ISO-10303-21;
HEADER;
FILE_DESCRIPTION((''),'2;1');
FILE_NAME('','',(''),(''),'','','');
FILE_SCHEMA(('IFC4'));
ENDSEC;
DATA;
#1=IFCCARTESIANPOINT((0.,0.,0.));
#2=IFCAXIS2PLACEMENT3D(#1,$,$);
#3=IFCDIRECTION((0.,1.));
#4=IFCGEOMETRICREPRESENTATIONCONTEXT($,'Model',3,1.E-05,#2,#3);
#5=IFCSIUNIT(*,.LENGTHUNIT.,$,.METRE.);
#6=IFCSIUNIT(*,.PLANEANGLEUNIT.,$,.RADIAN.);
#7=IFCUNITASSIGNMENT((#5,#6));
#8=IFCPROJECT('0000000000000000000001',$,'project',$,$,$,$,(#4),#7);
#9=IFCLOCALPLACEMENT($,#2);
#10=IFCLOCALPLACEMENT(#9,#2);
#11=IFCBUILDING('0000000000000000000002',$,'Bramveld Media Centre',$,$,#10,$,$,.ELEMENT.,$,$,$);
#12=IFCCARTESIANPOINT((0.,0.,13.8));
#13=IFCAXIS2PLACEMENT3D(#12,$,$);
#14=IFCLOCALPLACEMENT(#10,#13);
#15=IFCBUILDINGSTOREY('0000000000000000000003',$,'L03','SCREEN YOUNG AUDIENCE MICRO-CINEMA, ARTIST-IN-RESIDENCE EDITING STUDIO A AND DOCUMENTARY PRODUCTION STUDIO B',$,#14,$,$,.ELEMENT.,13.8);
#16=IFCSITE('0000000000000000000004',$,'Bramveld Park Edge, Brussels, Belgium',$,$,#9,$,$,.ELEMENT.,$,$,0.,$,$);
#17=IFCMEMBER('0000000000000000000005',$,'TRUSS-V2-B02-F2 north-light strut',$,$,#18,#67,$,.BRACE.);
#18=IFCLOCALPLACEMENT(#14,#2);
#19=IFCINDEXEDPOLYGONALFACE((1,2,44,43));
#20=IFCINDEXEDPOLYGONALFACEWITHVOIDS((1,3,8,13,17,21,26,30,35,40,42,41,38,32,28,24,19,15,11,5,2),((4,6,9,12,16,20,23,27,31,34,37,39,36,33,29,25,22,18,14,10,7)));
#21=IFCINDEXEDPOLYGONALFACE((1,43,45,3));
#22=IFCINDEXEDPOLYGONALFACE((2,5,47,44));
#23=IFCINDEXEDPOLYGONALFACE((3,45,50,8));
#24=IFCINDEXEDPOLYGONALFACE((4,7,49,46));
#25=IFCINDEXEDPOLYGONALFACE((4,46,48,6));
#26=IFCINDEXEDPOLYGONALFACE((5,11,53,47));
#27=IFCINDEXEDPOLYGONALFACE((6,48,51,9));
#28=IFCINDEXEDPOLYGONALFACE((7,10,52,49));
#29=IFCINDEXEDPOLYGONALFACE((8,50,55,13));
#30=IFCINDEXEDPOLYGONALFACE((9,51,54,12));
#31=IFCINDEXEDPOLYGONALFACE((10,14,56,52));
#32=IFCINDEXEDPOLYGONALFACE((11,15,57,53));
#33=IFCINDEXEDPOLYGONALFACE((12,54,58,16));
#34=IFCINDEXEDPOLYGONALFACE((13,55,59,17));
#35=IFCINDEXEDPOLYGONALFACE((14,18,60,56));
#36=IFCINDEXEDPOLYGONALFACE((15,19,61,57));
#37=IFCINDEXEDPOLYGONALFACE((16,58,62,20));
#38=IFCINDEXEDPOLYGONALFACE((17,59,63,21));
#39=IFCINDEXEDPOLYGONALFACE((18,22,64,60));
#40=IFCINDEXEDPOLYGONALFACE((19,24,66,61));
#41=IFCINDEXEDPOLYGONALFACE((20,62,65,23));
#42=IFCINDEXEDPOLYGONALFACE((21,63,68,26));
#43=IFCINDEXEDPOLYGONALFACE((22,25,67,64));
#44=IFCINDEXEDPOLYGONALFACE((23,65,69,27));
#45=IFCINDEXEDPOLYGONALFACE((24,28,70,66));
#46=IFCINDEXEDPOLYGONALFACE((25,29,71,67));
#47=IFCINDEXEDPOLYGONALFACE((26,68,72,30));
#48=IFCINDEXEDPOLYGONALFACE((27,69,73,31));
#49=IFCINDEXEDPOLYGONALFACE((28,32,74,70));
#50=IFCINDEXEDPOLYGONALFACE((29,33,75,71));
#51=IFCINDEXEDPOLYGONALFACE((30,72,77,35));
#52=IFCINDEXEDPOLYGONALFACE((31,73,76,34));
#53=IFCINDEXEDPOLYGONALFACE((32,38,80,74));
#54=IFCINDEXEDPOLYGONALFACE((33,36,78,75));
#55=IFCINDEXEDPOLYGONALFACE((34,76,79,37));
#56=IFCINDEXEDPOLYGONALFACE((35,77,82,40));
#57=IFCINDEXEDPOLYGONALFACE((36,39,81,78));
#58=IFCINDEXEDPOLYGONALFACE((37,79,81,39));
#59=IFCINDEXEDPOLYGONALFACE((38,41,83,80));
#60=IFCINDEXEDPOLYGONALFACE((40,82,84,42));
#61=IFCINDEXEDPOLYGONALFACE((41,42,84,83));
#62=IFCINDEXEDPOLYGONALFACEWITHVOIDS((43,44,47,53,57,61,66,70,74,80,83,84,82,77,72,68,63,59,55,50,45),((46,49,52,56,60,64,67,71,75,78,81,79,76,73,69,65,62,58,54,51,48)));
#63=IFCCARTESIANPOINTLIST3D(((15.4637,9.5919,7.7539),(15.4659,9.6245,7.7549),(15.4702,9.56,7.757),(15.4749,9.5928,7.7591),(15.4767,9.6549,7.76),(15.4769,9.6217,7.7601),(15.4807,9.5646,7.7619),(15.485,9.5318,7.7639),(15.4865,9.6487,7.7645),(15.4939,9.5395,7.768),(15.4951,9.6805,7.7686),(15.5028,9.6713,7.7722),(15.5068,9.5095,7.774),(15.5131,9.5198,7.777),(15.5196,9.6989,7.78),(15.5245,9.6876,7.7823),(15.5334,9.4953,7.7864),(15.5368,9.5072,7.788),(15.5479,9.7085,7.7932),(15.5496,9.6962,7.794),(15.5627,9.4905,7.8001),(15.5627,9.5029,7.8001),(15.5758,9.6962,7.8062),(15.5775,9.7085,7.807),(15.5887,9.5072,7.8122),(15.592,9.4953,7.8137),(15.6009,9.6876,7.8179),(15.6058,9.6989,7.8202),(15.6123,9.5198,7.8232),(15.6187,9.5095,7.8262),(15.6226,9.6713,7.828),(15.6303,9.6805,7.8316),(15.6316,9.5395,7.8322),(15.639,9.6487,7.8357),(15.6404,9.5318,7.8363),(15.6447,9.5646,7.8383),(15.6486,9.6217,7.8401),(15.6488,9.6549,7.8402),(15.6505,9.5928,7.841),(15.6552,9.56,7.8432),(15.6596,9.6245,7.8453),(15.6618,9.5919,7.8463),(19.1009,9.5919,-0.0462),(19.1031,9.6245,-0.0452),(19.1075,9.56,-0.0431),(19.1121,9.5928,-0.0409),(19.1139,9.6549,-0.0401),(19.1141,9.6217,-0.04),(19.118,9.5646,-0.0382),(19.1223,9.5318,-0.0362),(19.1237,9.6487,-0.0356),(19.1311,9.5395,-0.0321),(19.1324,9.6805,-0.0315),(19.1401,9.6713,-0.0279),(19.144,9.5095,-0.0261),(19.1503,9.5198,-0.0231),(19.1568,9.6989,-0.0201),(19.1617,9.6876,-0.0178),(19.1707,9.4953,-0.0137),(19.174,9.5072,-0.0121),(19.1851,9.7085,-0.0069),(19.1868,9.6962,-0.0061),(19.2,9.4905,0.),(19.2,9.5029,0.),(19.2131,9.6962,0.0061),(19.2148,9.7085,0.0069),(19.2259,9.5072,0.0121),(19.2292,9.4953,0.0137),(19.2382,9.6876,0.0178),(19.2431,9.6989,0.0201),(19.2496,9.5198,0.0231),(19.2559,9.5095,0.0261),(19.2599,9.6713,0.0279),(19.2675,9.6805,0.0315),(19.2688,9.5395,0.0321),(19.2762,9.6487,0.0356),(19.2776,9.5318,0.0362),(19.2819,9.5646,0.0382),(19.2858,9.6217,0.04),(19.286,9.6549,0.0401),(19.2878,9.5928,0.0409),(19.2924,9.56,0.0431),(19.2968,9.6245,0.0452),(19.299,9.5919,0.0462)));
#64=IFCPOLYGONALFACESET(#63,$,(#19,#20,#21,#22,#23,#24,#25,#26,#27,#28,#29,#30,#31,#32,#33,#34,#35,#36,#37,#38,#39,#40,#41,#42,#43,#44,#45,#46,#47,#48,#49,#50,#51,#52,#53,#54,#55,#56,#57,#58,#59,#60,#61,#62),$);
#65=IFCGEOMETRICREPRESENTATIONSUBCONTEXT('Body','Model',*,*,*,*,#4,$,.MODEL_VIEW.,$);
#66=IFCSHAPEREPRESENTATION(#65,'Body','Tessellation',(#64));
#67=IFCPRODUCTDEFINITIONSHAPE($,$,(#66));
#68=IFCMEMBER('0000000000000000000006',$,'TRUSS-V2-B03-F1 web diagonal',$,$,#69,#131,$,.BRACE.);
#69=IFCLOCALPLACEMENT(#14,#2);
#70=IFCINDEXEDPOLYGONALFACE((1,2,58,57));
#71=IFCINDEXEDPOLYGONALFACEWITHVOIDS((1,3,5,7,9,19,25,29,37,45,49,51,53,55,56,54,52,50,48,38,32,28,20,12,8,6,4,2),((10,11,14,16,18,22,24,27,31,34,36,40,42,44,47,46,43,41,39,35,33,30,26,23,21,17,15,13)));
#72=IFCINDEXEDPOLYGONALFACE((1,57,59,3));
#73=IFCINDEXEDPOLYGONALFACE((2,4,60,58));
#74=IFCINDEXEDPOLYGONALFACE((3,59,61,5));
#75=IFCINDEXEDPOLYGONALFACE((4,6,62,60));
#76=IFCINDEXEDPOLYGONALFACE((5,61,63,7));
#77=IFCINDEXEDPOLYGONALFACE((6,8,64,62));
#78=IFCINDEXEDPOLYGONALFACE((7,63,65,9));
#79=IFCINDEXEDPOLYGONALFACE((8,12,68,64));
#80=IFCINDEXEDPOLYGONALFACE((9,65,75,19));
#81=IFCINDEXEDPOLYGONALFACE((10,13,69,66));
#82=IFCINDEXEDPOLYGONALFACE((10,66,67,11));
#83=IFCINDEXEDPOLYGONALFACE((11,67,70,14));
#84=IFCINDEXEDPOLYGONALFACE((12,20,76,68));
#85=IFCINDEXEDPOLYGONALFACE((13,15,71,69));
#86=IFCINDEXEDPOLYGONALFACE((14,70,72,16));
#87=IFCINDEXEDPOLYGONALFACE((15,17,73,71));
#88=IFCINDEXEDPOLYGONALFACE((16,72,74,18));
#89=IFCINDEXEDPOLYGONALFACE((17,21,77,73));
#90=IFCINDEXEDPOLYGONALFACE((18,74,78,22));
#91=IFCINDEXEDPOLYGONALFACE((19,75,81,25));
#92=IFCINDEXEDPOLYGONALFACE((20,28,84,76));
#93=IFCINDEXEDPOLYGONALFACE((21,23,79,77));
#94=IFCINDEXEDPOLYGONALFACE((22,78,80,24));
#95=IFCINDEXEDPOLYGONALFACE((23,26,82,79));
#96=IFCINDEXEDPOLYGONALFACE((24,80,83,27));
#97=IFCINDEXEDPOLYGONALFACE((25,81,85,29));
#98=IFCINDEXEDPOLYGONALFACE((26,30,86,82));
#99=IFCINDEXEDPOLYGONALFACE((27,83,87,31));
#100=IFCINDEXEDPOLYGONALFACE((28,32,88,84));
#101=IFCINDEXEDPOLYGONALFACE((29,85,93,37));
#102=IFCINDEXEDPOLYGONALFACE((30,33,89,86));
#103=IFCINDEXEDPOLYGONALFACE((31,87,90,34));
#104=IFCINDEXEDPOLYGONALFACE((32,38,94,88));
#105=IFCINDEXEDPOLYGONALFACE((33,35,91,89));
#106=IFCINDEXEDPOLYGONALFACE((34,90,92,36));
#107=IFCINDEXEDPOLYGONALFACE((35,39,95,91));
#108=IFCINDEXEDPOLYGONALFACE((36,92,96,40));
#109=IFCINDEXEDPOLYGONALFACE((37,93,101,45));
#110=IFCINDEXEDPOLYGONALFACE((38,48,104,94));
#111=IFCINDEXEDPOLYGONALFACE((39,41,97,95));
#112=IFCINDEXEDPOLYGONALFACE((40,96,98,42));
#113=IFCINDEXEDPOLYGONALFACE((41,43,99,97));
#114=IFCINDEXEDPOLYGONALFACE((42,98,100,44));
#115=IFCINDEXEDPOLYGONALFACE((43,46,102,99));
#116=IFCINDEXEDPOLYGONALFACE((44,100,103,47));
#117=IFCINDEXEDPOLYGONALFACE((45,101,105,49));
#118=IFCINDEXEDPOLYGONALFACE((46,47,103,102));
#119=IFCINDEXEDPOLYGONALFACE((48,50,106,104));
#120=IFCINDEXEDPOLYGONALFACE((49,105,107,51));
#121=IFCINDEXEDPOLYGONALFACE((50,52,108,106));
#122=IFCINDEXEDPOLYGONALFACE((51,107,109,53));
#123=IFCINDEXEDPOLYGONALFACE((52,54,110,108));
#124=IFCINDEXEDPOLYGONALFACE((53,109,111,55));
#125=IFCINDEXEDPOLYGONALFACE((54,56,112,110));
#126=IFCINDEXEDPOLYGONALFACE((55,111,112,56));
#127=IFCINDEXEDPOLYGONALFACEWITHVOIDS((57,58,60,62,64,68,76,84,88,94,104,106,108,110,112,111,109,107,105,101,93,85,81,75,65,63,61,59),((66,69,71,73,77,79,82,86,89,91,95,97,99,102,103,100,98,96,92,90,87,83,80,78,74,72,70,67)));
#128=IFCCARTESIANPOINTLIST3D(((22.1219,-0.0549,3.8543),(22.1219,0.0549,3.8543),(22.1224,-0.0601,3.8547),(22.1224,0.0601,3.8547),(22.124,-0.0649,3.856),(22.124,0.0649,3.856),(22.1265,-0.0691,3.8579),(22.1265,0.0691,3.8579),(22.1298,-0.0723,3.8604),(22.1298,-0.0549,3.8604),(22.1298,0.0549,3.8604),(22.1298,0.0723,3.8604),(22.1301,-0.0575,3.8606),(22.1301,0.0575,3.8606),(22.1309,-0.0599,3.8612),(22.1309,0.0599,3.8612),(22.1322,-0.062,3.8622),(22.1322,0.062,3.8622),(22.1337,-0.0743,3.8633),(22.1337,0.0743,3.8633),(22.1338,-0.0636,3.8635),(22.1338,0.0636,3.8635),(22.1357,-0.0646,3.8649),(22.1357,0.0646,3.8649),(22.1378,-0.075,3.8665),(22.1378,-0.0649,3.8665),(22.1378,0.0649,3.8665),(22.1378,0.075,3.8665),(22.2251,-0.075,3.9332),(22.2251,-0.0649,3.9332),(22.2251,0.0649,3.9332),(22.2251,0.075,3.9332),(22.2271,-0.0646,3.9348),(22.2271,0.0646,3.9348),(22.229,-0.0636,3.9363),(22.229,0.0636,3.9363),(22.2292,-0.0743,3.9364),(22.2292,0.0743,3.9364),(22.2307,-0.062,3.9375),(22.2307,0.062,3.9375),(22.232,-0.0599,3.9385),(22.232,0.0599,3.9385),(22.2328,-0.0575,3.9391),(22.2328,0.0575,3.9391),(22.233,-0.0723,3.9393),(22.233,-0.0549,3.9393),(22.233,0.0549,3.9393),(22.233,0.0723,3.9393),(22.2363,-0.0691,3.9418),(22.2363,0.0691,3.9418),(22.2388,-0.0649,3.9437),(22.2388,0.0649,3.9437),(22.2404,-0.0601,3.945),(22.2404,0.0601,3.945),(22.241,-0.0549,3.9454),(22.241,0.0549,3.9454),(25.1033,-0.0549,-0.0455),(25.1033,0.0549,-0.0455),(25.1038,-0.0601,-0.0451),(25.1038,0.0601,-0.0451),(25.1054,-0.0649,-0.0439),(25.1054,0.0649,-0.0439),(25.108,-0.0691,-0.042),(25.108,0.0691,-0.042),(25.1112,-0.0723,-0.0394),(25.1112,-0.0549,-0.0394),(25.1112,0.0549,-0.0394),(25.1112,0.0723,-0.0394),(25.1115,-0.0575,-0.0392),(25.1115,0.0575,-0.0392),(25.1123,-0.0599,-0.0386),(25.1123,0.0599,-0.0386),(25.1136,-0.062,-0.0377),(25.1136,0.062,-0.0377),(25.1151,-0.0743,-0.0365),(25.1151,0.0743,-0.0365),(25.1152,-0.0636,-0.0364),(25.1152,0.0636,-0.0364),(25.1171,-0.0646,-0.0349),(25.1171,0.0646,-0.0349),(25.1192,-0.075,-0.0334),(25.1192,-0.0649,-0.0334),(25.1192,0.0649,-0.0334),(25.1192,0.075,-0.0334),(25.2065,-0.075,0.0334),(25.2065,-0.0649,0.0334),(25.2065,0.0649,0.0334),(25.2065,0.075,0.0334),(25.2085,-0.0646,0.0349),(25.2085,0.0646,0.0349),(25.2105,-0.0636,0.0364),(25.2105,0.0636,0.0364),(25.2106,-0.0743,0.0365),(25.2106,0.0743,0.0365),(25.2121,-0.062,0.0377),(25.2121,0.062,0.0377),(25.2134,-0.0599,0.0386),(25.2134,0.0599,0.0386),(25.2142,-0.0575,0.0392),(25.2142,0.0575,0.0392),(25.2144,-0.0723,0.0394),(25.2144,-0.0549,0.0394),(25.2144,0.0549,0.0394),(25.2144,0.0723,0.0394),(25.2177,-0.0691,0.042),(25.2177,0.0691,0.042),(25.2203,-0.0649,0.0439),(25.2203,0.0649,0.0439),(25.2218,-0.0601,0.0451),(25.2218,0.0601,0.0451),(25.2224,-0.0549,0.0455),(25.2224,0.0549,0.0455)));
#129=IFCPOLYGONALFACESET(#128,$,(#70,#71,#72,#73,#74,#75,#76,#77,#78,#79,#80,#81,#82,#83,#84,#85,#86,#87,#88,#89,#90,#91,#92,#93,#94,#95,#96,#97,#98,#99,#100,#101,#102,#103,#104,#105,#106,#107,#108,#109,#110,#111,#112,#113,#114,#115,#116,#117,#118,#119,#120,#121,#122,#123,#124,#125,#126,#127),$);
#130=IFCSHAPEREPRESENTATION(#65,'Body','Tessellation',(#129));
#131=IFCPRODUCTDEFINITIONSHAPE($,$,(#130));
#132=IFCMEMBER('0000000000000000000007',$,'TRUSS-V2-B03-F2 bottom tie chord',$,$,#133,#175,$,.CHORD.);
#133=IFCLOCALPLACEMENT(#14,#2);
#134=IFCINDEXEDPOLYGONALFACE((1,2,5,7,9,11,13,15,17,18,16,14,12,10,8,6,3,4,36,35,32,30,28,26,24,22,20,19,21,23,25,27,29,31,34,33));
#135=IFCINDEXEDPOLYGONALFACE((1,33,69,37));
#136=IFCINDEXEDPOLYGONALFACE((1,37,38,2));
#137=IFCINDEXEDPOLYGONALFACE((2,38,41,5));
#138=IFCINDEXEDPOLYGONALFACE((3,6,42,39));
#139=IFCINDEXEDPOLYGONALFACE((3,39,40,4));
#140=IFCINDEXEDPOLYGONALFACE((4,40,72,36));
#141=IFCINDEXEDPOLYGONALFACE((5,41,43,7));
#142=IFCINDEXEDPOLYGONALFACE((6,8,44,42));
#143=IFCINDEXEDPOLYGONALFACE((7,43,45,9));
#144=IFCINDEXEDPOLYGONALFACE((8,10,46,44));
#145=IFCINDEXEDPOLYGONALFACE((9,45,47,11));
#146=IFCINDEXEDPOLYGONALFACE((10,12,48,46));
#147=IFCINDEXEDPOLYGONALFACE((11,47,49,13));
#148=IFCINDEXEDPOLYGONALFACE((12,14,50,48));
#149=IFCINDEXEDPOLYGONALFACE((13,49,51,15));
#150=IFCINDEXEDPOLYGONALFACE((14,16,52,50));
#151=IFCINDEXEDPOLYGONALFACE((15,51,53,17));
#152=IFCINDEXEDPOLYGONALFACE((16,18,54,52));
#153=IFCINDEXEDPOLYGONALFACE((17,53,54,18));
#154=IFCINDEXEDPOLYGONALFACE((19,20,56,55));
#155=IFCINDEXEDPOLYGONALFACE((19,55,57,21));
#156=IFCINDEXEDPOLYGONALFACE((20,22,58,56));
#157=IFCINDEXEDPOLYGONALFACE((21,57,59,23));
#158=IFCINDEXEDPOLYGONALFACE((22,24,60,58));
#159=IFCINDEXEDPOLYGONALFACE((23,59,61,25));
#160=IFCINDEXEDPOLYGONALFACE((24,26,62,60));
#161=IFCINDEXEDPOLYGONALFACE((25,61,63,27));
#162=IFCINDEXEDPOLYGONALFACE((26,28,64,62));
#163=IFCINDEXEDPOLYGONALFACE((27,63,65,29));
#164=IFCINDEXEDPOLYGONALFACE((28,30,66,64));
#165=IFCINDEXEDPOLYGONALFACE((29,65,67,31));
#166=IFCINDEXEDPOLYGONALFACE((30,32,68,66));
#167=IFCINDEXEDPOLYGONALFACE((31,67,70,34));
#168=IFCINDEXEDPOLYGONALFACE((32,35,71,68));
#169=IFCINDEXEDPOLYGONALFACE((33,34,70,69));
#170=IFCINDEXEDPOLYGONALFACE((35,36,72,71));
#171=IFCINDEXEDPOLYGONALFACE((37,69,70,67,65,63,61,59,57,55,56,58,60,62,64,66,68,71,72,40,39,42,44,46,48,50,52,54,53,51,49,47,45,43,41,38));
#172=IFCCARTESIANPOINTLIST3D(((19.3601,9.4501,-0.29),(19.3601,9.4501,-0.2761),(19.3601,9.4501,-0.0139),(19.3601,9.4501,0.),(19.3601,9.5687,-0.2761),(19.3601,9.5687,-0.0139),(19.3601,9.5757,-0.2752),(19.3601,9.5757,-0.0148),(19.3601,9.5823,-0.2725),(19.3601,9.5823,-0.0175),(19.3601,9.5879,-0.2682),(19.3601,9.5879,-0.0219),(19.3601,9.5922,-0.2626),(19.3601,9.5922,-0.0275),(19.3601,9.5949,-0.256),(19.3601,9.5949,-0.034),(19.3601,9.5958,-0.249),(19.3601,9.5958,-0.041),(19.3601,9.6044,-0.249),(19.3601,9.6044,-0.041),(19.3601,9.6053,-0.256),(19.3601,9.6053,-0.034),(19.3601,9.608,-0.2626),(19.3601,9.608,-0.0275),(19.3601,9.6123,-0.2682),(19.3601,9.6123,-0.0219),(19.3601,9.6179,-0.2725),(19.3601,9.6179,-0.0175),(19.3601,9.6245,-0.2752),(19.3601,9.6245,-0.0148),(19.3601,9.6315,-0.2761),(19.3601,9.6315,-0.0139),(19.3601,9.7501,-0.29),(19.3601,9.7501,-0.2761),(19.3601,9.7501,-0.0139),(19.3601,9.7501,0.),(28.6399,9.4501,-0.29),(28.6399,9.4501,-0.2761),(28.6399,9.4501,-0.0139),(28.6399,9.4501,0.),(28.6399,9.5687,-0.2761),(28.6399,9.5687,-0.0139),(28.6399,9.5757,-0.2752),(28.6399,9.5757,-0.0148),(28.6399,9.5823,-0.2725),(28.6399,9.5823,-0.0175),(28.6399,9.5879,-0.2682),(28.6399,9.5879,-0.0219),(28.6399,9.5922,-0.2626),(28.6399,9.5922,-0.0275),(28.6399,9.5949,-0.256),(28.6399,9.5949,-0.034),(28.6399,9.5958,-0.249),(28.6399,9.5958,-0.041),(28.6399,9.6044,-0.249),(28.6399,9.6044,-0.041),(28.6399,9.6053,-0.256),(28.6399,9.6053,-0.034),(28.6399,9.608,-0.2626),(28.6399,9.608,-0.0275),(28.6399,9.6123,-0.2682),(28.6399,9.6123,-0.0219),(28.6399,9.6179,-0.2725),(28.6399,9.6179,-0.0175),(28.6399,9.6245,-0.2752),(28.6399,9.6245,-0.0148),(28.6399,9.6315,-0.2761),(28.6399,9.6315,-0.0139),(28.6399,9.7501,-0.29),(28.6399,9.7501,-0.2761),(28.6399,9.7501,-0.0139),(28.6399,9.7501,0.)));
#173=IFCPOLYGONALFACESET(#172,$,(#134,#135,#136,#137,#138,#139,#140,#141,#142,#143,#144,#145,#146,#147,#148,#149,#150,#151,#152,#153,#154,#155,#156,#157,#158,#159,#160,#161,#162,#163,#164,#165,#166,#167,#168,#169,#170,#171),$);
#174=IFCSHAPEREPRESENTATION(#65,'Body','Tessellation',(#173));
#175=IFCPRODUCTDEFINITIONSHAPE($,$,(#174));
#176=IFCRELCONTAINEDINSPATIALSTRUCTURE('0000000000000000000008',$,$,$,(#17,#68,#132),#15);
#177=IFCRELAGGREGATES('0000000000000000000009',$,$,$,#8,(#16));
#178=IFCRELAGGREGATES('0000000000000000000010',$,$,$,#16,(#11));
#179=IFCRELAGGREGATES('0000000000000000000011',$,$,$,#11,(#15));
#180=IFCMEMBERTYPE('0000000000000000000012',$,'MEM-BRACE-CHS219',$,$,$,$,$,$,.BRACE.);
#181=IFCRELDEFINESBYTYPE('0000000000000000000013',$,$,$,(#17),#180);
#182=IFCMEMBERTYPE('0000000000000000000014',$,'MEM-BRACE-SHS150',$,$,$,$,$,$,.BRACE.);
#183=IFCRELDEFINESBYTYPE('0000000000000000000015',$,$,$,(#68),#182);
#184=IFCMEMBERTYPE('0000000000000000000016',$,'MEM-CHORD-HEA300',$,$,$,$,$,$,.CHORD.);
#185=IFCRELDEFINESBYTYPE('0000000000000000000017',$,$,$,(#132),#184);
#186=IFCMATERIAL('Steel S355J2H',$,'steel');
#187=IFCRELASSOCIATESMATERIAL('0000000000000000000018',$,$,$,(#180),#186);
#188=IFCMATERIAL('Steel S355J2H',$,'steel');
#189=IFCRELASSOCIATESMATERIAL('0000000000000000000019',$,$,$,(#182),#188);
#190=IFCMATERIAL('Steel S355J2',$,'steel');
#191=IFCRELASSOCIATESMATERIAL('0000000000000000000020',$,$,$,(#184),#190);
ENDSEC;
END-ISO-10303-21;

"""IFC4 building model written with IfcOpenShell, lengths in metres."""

from ifc_helpers import new_model, si_unit, direction, frame, origin, origin_2d, place, context, subcontext, project, spatial, hollow_rectangle, hollow_circle, i_section, extrude, material, material_profile, profile_set, type_object, element, save


model = new_model("IFC4")

# Units and contexts
model_context = context("Model", 3, precision=1e-05, world=origin(), true_north=direction((0.0, 1.0)))
body_context = subcontext(model_context, "Body", "Model", "MODEL_VIEW")
ifc_project = project(units=[si_unit("LENGTHUNIT", "METRE"), si_unit("PLANEANGLEUNIT", "RADIAN")], contexts=[model_context])

# Site, building, storey
site_placement = place(None, origin())
site = spatial("IfcSite", under=ifc_project, at=site_placement, Name="Bramveld Park Edge, Brussels, Belgium", CompositionType="ELEMENT", RefElevation=0.0)
building_placement = place(site_placement, origin())
building = spatial("IfcBuilding", under=site, at=building_placement, Name="Bramveld Media Centre", CompositionType="ELEMENT")
storey_placement = place(building_placement, frame((0.0, 0.0, 13.8)))
storey = spatial("IfcBuildingStorey", under=building, at=storey_placement, Name="L03", Description="SCREEN YOUNG AUDIENCE MICRO-CINEMA, ARTIST-IN-RESIDENCE EDITING STUDIO A AND DOCUMENTARY PRODUCTION STUDIO B", CompositionType="ELEMENT", Elevation=13.8)

# Members
ifc_material_1 = material(Name="Steel S355J2H", Category="steel")
ifc_material_profile_1 = material_profile(ifc_material_1, hollow_circle(Radius=0.1096, WallThickness=0.0125, at=origin_2d()), Name="CHS 219.1x12.5")
ifc_profile_set_1 = profile_set([ifc_material_profile_1], Name="Steel S355J2H")
member_type_1 = type_object("IfcMemberType", Name="MEM-BRACE-CHS219", PredefinedType="BRACE", material=ifc_profile_set_1)
for number, where, z_axis, x_axis, name in (
    (1, (19.2, 9.6001, 0.0), (-0.422617, 0.0, 0.906308), (0.0, -1.0, 0.0), "TRUSS-V2-B02-F2 north-light strut"),
):
    element("IfcMember", number, at=place(storey_placement, frame(where, z_axis=z_axis, x_axis=x_axis)), inside=storey, type_object=member_type_1, Name=name, PredefinedType="BRACE", context=body_context, shape_type="SweptSolid", body=[
        extrude(hollow_circle(Radius=0.1096, WallThickness=0.0125, at=origin_2d()), origin(), (0.0, 0.0, 1.0), 8.6064),
    ])
ifc_material_2 = material(Name="Steel S355J2H", Category="steel")
ifc_material_profile_2 = material_profile(ifc_material_2, hollow_rectangle(XDim=0.1499, YDim=0.1499, WallThickness=0.01, InnerFilletRadius=0.01, OuterFilletRadius=0.02, at=origin_2d()), Name="SHS 150x150x10")
ifc_profile_set_2 = profile_set([ifc_material_profile_2], Name="Steel S355J2H")
member_type_2 = type_object("IfcMemberType", Name="MEM-BRACE-SHS150", PredefinedType="BRACE", material=ifc_profile_set_2)
member_1_placement = place(storey_placement, frame((25.1628, 0.0, 0.0), z_axis=(-0.607343, 0.0, 0.79444), x_axis=(0.0, -1.0, 0.0)))
element("IfcMember", 2, at=member_1_placement, inside=storey, type_object=member_type_2, Name="TRUSS-V2-B03-F1 web diagonal", PredefinedType="BRACE", context=body_context, shape_type="SweptSolid", body=[
    extrude(hollow_rectangle(XDim=0.1499, YDim=0.1499, WallThickness=0.01, InnerFilletRadius=0.01, OuterFilletRadius=0.02, at=origin_2d()), origin(), (0.0, 0.0, 1.0), 4.9089),
])
ifc_material_3 = material(Name="Steel S355J2", Category="steel")
ifc_material_profile_3 = material_profile(ifc_material_3, i_section(OverallWidth=0.3, OverallDepth=0.29, WebThickness=0.0085, FlangeThickness=0.0139, FilletRadius=0.0271, at=origin_2d()), Name="HEA 300")
ifc_profile_set_3 = profile_set([ifc_material_profile_3], Name="Steel S355J2")
member_type_3 = type_object("IfcMemberType", Name="MEM-CHORD-HEA300", PredefinedType="CHORD", material=ifc_profile_set_3)
member_2_placement = place(storey_placement, frame((19.3601, 9.6001, -0.145), z_axis=(1.0, 0.0, 0.0), x_axis=(0.0, 1.0, 0.0)))
element("IfcMember", 3, at=member_2_placement, inside=storey, type_object=member_type_3, Name="TRUSS-V2-B03-F2 bottom tie chord", PredefinedType="CHORD", context=body_context, shape_type="SweptSolid", body=[
    extrude(i_section(OverallWidth=0.3, OverallDepth=0.29, WebThickness=0.0085, FlangeThickness=0.0139, FilletRadius=0.0271, at=origin_2d()), origin(), (0.0, 0.0, 1.0), 9.2798),
])

save(model, "model.ifc")
